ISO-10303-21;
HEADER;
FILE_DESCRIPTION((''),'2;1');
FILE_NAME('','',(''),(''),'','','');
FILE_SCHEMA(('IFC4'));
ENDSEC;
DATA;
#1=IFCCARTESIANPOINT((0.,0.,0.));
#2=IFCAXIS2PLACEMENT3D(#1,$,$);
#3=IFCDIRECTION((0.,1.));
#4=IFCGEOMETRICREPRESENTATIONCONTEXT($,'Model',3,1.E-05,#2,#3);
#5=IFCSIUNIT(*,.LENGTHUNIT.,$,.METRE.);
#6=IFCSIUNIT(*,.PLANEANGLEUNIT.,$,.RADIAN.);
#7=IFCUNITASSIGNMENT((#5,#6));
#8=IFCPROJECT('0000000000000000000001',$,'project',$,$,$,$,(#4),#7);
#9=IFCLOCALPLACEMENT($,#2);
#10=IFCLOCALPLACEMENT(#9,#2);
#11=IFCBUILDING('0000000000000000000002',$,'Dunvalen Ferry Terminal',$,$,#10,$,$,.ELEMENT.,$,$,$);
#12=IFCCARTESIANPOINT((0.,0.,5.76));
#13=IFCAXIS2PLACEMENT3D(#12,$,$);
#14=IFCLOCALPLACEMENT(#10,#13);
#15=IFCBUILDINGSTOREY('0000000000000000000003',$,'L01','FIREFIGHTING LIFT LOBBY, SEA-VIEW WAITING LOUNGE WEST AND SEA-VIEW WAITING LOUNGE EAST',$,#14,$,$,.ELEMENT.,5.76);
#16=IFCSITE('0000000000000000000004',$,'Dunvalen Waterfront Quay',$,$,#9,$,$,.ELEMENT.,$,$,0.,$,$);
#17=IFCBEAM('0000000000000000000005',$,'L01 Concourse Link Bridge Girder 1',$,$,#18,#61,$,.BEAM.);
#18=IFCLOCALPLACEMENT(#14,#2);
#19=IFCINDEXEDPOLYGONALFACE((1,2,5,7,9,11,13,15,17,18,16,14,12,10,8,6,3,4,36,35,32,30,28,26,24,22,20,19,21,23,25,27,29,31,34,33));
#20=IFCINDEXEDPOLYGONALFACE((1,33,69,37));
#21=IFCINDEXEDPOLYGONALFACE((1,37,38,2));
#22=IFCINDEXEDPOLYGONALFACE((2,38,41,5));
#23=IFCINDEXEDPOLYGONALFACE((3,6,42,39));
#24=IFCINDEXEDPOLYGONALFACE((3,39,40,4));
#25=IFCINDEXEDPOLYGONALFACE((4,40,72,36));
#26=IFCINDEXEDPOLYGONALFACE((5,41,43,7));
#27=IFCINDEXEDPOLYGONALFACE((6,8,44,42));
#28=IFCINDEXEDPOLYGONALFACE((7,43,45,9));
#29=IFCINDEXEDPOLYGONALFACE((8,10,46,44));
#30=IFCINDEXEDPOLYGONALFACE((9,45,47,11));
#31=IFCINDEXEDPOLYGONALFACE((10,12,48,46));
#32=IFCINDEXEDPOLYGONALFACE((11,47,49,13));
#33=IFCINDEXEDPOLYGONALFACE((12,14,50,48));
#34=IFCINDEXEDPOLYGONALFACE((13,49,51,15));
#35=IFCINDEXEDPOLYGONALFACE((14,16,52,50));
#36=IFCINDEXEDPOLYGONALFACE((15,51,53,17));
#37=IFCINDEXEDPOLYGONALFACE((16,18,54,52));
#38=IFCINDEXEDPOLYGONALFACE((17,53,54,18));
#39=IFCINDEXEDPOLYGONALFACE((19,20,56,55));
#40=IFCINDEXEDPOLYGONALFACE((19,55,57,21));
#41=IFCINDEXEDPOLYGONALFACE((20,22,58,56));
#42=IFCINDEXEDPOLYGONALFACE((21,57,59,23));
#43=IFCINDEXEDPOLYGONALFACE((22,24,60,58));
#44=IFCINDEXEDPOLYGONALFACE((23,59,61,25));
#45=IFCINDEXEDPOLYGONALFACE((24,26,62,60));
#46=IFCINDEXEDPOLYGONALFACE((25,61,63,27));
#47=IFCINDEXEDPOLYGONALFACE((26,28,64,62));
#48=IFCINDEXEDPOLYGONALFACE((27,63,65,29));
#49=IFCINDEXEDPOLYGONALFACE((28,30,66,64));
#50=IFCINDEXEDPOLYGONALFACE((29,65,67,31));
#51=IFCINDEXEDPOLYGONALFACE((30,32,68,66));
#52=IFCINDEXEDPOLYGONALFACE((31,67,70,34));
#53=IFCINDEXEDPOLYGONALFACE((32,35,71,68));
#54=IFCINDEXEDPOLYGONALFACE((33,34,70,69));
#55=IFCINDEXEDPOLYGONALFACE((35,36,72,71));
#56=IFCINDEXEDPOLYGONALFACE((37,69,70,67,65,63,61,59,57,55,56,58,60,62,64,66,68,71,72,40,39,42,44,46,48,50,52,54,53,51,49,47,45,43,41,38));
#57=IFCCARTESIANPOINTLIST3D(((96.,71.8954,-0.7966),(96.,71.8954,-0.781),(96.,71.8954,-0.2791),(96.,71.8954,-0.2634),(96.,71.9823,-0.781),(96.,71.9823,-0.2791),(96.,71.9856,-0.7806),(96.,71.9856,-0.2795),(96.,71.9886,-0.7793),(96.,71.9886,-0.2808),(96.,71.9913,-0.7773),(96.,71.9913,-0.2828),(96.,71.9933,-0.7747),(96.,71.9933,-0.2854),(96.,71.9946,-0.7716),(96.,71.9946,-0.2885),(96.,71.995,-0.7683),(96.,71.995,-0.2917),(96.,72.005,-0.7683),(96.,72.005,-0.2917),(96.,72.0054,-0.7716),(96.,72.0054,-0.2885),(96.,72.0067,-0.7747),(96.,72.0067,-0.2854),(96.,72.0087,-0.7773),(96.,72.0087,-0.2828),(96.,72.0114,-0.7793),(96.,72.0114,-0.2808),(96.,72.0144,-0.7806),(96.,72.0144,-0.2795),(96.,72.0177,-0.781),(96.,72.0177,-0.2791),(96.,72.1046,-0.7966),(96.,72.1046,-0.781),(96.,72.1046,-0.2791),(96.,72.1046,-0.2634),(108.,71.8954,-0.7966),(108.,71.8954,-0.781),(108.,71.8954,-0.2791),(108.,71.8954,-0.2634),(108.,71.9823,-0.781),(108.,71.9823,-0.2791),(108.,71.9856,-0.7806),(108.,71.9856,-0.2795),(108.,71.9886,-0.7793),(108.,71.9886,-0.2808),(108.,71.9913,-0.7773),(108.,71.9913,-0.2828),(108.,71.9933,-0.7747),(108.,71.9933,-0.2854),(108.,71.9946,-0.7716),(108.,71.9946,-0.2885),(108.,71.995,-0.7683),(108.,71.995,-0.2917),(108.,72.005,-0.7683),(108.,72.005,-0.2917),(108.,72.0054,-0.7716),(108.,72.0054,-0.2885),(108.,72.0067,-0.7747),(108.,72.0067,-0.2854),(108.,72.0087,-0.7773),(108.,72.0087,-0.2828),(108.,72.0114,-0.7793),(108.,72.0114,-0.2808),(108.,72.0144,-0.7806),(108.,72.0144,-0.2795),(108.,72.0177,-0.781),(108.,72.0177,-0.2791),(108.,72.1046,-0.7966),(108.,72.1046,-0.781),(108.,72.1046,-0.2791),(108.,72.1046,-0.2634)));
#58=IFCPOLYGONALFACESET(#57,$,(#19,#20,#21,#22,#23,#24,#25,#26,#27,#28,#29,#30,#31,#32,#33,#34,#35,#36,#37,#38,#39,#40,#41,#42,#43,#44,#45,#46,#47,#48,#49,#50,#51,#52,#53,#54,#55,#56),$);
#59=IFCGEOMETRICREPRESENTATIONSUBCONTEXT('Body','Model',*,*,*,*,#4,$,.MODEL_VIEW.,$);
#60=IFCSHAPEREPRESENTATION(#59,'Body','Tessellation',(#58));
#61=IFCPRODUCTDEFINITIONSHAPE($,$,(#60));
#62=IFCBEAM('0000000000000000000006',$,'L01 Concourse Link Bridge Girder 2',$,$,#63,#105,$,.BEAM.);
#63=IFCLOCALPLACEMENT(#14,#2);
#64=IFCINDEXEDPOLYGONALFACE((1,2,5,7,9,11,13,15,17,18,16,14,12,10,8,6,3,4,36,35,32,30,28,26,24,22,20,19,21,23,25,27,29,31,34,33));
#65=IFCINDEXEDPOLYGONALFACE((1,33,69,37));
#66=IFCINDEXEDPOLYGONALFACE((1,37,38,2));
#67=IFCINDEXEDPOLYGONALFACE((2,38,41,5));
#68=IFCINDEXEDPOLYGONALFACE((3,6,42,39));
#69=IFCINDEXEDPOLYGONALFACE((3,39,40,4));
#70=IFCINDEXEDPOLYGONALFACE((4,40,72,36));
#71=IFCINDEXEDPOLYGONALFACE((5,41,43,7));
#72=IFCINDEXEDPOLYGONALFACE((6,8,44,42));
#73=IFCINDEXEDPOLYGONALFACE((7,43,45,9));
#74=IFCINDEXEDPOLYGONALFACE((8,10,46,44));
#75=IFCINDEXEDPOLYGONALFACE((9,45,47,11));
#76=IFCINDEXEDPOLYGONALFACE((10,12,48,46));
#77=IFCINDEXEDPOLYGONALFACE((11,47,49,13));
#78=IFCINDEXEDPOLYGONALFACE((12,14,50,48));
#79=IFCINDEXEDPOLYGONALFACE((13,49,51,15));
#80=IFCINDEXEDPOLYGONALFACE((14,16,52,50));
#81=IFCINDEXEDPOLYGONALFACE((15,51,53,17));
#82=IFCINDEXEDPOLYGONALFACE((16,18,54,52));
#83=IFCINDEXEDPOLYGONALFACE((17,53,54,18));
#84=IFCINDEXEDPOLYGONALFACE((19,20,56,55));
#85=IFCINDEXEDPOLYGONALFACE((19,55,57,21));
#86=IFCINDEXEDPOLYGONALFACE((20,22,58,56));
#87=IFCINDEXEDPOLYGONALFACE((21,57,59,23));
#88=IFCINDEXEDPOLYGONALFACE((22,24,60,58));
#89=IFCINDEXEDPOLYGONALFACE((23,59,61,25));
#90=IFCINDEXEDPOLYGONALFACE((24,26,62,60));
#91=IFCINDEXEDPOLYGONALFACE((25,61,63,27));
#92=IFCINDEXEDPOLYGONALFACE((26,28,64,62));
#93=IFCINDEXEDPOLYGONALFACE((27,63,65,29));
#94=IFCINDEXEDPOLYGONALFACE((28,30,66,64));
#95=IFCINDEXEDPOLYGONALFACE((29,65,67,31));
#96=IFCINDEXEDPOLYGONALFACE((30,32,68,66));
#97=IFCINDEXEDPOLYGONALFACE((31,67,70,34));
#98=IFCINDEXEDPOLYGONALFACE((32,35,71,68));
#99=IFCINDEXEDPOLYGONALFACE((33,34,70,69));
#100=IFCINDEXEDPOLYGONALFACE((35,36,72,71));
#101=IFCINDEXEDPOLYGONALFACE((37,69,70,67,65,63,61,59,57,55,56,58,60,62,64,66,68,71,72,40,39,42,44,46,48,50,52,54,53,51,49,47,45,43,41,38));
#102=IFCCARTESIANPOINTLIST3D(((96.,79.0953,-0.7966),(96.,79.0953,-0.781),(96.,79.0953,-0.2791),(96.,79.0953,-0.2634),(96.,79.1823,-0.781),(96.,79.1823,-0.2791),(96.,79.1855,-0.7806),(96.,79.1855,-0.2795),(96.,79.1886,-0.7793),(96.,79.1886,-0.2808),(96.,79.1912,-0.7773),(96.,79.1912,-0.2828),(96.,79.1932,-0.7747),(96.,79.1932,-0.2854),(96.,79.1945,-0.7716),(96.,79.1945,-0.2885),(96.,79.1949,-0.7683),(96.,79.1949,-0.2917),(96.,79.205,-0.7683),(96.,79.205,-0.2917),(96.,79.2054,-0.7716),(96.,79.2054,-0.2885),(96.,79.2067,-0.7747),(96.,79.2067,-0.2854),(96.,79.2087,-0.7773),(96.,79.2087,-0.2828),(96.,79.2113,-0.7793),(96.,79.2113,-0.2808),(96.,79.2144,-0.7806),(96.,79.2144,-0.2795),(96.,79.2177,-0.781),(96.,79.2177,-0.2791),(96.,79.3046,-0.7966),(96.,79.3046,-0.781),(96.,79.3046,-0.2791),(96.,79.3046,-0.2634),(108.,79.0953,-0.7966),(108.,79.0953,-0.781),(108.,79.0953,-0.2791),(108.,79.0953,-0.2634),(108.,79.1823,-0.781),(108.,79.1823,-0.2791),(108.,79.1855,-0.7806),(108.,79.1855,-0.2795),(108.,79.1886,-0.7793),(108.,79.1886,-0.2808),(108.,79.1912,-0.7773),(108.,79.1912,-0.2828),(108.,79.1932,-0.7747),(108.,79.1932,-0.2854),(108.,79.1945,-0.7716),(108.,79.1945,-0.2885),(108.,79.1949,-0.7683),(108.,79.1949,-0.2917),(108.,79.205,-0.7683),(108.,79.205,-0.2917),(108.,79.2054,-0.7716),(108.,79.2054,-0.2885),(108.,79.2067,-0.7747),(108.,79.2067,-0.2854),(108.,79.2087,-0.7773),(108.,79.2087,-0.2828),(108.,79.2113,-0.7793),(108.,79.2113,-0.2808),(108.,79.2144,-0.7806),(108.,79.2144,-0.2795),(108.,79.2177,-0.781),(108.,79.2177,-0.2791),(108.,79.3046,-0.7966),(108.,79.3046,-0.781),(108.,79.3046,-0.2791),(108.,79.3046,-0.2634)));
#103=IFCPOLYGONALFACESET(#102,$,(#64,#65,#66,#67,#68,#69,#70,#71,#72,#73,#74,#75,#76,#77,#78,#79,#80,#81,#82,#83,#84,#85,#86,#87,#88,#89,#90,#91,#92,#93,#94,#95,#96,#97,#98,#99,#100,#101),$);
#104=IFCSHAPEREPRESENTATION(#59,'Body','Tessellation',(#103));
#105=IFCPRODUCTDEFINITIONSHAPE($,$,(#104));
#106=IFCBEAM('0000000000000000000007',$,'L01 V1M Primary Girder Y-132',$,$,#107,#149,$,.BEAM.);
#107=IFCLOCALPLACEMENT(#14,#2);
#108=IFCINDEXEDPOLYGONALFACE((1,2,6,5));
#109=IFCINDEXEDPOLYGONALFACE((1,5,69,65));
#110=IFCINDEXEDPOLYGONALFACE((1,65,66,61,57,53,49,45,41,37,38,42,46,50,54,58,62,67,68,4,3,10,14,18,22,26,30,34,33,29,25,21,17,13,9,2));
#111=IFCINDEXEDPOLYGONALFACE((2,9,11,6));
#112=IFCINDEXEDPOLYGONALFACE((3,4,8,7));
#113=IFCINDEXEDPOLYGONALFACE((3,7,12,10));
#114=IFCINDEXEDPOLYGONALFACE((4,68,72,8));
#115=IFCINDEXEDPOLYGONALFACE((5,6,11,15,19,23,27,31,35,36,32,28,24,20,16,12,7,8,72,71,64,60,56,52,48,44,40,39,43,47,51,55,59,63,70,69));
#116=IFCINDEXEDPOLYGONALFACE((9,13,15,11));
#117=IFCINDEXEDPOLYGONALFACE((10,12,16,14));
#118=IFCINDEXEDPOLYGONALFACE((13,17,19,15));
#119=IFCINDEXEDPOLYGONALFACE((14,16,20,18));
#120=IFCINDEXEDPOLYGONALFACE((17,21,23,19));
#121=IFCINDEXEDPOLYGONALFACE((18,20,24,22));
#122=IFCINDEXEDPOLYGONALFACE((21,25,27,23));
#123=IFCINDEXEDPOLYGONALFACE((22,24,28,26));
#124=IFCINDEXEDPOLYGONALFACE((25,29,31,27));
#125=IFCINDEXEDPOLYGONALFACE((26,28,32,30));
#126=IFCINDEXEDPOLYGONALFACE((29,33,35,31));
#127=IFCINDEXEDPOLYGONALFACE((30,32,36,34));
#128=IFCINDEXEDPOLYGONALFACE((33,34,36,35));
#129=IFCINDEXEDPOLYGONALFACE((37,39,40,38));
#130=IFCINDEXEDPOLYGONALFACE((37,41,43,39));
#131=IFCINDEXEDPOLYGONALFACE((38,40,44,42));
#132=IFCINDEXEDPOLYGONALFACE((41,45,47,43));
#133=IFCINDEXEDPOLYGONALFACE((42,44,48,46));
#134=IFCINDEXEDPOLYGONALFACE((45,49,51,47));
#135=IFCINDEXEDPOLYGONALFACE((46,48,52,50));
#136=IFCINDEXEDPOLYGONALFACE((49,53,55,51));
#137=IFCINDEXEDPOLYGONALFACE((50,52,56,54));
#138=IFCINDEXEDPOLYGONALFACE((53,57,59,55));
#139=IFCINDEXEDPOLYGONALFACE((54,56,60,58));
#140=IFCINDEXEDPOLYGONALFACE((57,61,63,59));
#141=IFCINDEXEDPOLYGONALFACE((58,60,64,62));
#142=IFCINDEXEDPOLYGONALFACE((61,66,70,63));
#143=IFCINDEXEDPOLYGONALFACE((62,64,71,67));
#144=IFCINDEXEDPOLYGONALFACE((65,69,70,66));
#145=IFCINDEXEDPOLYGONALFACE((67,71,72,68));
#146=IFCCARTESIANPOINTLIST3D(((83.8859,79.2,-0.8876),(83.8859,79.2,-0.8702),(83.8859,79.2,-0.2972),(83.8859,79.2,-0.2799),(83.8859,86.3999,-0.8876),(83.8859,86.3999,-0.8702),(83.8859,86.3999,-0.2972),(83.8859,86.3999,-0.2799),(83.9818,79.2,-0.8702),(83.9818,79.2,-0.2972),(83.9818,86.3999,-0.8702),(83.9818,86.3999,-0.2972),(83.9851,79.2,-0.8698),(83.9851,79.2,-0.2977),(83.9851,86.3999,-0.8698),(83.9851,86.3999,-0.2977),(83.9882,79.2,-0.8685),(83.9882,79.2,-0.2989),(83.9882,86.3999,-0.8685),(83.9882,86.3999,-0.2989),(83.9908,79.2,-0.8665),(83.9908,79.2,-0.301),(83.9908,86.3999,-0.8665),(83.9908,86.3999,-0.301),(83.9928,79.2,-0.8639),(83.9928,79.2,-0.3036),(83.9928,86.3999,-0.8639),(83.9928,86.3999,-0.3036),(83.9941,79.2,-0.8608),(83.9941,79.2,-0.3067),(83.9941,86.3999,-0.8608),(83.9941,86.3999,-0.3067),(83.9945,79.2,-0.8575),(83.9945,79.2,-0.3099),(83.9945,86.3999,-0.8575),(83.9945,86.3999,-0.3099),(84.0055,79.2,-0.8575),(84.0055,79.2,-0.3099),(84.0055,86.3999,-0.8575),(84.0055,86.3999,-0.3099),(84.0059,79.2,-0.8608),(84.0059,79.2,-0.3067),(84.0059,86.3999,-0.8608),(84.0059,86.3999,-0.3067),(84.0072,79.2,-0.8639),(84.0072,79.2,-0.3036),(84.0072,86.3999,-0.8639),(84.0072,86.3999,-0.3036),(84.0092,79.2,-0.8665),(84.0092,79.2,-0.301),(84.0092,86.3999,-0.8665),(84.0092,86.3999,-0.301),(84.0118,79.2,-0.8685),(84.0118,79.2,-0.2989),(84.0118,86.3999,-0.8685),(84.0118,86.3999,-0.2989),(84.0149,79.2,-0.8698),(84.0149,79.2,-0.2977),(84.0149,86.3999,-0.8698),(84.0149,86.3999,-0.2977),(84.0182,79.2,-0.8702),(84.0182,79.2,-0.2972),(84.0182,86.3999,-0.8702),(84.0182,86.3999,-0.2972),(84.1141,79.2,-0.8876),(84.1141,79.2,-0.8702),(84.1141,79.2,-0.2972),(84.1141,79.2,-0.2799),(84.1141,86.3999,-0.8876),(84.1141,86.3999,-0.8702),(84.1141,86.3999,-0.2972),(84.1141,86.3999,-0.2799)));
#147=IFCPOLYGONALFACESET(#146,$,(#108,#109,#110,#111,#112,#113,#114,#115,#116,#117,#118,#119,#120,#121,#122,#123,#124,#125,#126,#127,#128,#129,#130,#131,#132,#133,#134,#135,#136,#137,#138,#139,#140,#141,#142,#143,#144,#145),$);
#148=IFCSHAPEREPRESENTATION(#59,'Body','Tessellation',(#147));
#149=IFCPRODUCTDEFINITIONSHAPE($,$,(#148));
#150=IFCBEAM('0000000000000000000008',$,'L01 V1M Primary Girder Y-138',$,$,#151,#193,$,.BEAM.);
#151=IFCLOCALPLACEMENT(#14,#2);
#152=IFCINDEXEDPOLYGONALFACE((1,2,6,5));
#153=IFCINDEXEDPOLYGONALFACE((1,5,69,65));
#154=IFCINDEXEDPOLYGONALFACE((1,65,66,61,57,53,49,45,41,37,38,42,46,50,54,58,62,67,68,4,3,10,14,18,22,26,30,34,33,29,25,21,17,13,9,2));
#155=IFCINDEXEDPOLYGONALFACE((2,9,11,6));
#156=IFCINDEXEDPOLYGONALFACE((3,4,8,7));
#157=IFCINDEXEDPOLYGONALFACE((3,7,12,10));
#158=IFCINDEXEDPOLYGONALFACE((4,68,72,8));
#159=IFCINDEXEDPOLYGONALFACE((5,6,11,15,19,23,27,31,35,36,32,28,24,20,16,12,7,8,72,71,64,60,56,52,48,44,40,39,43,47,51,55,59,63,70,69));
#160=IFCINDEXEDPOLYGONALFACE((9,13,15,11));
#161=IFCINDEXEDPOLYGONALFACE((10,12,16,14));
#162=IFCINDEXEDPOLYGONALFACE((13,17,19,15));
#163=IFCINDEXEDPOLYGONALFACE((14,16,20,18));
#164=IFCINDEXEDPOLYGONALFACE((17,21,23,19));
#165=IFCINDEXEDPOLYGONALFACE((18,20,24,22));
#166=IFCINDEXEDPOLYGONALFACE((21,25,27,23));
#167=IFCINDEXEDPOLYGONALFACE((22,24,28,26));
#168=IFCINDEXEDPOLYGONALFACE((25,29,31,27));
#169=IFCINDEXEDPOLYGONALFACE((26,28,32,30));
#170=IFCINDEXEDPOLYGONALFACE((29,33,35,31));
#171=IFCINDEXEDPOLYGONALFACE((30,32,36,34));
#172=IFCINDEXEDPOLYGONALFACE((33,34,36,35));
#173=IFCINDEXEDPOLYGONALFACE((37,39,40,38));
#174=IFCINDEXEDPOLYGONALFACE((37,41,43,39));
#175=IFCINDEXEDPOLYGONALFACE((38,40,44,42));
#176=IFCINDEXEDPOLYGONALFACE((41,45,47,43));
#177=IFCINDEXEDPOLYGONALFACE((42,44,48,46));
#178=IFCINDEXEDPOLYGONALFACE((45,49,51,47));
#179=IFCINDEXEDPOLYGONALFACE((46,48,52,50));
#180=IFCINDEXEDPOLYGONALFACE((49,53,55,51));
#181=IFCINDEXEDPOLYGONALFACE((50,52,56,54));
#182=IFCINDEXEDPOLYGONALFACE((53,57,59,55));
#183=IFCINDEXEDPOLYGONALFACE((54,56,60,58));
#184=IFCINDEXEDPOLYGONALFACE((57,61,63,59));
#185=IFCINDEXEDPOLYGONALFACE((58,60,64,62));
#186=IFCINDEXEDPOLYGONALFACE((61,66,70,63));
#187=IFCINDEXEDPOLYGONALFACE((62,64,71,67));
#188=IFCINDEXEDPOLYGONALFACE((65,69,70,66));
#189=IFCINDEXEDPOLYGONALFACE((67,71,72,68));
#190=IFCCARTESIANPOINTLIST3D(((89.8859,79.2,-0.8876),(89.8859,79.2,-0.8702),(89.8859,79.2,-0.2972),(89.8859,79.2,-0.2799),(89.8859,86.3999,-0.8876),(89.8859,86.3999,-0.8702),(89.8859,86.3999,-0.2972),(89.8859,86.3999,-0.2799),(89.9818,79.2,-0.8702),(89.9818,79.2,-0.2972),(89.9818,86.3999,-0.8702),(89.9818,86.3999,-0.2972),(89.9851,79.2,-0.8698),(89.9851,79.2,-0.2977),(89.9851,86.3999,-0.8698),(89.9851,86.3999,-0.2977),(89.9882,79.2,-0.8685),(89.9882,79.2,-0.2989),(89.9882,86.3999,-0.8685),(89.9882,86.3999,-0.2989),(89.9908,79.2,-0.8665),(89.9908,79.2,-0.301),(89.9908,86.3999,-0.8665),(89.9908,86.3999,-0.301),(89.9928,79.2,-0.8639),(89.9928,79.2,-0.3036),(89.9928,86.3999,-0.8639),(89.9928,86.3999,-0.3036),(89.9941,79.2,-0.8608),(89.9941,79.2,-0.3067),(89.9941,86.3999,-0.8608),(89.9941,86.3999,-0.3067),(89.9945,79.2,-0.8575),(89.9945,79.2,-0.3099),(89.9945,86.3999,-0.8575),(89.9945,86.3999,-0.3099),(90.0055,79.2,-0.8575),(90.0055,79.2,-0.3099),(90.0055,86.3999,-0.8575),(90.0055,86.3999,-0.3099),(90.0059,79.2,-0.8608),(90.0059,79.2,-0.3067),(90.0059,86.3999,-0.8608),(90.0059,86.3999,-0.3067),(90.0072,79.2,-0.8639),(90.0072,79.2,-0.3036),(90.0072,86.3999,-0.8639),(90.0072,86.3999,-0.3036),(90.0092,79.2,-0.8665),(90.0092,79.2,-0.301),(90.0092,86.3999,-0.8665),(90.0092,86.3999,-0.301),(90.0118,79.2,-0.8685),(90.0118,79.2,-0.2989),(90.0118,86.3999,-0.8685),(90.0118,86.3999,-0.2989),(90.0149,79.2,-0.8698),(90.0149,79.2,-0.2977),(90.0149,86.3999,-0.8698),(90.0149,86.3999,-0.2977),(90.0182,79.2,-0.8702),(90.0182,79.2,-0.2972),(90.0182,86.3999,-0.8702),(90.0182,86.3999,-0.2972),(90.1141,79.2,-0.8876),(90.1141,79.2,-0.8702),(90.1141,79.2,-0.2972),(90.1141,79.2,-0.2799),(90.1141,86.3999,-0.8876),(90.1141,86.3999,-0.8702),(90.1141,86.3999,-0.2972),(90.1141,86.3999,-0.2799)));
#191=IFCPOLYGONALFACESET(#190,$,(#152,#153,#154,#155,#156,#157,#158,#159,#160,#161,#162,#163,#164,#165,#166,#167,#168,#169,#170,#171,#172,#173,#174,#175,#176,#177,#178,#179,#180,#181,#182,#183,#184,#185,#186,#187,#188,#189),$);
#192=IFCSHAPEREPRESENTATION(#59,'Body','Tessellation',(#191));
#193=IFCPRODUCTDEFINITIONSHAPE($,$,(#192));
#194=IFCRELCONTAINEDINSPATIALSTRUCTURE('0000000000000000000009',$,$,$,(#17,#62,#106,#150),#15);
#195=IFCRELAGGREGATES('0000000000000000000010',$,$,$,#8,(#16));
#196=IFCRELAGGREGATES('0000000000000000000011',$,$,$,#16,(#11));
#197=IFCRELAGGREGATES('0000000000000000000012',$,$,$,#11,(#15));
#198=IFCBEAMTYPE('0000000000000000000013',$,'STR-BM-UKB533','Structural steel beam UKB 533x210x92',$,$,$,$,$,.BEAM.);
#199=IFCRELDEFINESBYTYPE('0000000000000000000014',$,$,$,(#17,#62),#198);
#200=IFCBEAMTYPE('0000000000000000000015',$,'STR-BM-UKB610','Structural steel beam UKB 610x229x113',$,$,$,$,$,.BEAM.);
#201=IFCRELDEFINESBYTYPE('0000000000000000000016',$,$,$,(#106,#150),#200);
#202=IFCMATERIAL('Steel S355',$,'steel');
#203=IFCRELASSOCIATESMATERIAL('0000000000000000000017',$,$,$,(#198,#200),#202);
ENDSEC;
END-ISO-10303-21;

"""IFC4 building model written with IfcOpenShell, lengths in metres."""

from ifc_helpers import new_model, si_unit, direction, frame, origin, origin_2d, place, context, subcontext, project, spatial, i_section, extrude, material, material_profile, profile_set, type_object, element, save


model = new_model("IFC4")

# Units and contexts
model_context = context("Model", 3, precision=1e-05, world=origin(), true_north=direction((0.0, 1.0)))
body_context = subcontext(model_context, "Body", "Model", "MODEL_VIEW")
ifc_project = project(units=[si_unit("LENGTHUNIT", "METRE"), si_unit("PLANEANGLEUNIT", "RADIAN")], contexts=[model_context])

# Site, building, storey
site_placement = place(None, origin())
site = spatial("IfcSite", under=ifc_project, at=site_placement, Name="Dunvalen Waterfront Quay", CompositionType="ELEMENT", RefElevation=0.0)
building_placement = place(site_placement, origin())
building = spatial("IfcBuilding", under=site, at=building_placement, Name="Dunvalen Ferry Terminal", CompositionType="ELEMENT")
storey_placement = place(building_placement, frame((0.0, 0.0, 5.76)))
storey = spatial("IfcBuildingStorey", under=building, at=storey_placement, Name="L01", Description="FIREFIGHTING LIFT LOBBY, SEA-VIEW WAITING LOUNGE WEST AND SEA-VIEW WAITING LOUNGE EAST", CompositionType="ELEMENT", Elevation=5.76)

# Beams
ifc_material_1 = material(Name="Steel S355", Category="steel")
ifc_material_profile_1 = material_profile(ifc_material_1, i_section(OverallWidth=0.2092, OverallDepth=0.5332, WebThickness=0.01, FlangeThickness=0.0156, FilletRadius=0.0127, at=origin_2d()), Name="Steel S355")
ifc_profile_set_1 = profile_set([ifc_material_profile_1], Name="Steel S355")
beam_type_1 = type_object("IfcBeamType", Name="STR-BM-UKB533", Description="Structural steel beam UKB 533x210x92", PredefinedType="BEAM", material=ifc_profile_set_1)
for number, where, z_axis, x_axis, name in (
    (1, (96.0, 72.0, -0.53), (1.0, 0.0, 0.0), (0.0, 1.0, 0.0), "L01 Concourse Link Bridge Girder 1"),
    (2, (96.0, 79.2, -0.53), (1.0, 0.0, 0.0), (0.0, 1.0, 0.0), "L01 Concourse Link Bridge Girder 2"),
):
    element("IfcBeam", number, at=place(storey_placement, frame(where, z_axis=z_axis, x_axis=x_axis)), inside=storey, type_object=beam_type_1, Name=name, PredefinedType="BEAM", context=body_context, shape_type="SweptSolid", body=[
        extrude(i_section(OverallWidth=0.2092, OverallDepth=0.5332, WebThickness=0.01, FlangeThickness=0.0156, FilletRadius=0.0127, at=origin_2d()), origin(), (0.0, 0.0, 1.0), 12.0),
    ])
ifc_material_profile_2 = material_profile(ifc_material_1, i_section(OverallWidth=0.2283, OverallDepth=0.6077, WebThickness=0.011, FlangeThickness=0.0173, FilletRadius=0.0127, at=origin_2d()), Name="Steel S355")
ifc_profile_set_2 = profile_set([ifc_material_profile_2], Name="Steel S355")
beam_type_2 = type_object("IfcBeamType", Name="STR-BM-UKB610", Description="Structural steel beam UKB 610x229x113", PredefinedType="BEAM", material=ifc_profile_set_2)
for number, where, z_axis, x_axis, name in (
    (3, (84.0, 79.2, -0.5837), (0.0, 1.0, 0.0), (-1.0, 0.0, 0.0), "L01 V1M Primary Girder Y-132"),
    (4, (90.0, 79.2, -0.5837), (0.0, 1.0, 0.0), (-1.0, 0.0, 0.0), "L01 V1M Primary Girder Y-138"),
):
    element("IfcBeam", number, at=place(storey_placement, frame(where, z_axis=z_axis, x_axis=x_axis)), inside=storey, type_object=beam_type_2, Name=name, PredefinedType="BEAM", context=body_context, shape_type="SweptSolid", body=[
        extrude(i_section(OverallWidth=0.2283, OverallDepth=0.6077, WebThickness=0.011, FlangeThickness=0.0173, FilletRadius=0.0127, at=origin_2d()), origin(), (0.0, 0.0, 1.0), 7.2),
    ])

save(model, "model.ifc")
